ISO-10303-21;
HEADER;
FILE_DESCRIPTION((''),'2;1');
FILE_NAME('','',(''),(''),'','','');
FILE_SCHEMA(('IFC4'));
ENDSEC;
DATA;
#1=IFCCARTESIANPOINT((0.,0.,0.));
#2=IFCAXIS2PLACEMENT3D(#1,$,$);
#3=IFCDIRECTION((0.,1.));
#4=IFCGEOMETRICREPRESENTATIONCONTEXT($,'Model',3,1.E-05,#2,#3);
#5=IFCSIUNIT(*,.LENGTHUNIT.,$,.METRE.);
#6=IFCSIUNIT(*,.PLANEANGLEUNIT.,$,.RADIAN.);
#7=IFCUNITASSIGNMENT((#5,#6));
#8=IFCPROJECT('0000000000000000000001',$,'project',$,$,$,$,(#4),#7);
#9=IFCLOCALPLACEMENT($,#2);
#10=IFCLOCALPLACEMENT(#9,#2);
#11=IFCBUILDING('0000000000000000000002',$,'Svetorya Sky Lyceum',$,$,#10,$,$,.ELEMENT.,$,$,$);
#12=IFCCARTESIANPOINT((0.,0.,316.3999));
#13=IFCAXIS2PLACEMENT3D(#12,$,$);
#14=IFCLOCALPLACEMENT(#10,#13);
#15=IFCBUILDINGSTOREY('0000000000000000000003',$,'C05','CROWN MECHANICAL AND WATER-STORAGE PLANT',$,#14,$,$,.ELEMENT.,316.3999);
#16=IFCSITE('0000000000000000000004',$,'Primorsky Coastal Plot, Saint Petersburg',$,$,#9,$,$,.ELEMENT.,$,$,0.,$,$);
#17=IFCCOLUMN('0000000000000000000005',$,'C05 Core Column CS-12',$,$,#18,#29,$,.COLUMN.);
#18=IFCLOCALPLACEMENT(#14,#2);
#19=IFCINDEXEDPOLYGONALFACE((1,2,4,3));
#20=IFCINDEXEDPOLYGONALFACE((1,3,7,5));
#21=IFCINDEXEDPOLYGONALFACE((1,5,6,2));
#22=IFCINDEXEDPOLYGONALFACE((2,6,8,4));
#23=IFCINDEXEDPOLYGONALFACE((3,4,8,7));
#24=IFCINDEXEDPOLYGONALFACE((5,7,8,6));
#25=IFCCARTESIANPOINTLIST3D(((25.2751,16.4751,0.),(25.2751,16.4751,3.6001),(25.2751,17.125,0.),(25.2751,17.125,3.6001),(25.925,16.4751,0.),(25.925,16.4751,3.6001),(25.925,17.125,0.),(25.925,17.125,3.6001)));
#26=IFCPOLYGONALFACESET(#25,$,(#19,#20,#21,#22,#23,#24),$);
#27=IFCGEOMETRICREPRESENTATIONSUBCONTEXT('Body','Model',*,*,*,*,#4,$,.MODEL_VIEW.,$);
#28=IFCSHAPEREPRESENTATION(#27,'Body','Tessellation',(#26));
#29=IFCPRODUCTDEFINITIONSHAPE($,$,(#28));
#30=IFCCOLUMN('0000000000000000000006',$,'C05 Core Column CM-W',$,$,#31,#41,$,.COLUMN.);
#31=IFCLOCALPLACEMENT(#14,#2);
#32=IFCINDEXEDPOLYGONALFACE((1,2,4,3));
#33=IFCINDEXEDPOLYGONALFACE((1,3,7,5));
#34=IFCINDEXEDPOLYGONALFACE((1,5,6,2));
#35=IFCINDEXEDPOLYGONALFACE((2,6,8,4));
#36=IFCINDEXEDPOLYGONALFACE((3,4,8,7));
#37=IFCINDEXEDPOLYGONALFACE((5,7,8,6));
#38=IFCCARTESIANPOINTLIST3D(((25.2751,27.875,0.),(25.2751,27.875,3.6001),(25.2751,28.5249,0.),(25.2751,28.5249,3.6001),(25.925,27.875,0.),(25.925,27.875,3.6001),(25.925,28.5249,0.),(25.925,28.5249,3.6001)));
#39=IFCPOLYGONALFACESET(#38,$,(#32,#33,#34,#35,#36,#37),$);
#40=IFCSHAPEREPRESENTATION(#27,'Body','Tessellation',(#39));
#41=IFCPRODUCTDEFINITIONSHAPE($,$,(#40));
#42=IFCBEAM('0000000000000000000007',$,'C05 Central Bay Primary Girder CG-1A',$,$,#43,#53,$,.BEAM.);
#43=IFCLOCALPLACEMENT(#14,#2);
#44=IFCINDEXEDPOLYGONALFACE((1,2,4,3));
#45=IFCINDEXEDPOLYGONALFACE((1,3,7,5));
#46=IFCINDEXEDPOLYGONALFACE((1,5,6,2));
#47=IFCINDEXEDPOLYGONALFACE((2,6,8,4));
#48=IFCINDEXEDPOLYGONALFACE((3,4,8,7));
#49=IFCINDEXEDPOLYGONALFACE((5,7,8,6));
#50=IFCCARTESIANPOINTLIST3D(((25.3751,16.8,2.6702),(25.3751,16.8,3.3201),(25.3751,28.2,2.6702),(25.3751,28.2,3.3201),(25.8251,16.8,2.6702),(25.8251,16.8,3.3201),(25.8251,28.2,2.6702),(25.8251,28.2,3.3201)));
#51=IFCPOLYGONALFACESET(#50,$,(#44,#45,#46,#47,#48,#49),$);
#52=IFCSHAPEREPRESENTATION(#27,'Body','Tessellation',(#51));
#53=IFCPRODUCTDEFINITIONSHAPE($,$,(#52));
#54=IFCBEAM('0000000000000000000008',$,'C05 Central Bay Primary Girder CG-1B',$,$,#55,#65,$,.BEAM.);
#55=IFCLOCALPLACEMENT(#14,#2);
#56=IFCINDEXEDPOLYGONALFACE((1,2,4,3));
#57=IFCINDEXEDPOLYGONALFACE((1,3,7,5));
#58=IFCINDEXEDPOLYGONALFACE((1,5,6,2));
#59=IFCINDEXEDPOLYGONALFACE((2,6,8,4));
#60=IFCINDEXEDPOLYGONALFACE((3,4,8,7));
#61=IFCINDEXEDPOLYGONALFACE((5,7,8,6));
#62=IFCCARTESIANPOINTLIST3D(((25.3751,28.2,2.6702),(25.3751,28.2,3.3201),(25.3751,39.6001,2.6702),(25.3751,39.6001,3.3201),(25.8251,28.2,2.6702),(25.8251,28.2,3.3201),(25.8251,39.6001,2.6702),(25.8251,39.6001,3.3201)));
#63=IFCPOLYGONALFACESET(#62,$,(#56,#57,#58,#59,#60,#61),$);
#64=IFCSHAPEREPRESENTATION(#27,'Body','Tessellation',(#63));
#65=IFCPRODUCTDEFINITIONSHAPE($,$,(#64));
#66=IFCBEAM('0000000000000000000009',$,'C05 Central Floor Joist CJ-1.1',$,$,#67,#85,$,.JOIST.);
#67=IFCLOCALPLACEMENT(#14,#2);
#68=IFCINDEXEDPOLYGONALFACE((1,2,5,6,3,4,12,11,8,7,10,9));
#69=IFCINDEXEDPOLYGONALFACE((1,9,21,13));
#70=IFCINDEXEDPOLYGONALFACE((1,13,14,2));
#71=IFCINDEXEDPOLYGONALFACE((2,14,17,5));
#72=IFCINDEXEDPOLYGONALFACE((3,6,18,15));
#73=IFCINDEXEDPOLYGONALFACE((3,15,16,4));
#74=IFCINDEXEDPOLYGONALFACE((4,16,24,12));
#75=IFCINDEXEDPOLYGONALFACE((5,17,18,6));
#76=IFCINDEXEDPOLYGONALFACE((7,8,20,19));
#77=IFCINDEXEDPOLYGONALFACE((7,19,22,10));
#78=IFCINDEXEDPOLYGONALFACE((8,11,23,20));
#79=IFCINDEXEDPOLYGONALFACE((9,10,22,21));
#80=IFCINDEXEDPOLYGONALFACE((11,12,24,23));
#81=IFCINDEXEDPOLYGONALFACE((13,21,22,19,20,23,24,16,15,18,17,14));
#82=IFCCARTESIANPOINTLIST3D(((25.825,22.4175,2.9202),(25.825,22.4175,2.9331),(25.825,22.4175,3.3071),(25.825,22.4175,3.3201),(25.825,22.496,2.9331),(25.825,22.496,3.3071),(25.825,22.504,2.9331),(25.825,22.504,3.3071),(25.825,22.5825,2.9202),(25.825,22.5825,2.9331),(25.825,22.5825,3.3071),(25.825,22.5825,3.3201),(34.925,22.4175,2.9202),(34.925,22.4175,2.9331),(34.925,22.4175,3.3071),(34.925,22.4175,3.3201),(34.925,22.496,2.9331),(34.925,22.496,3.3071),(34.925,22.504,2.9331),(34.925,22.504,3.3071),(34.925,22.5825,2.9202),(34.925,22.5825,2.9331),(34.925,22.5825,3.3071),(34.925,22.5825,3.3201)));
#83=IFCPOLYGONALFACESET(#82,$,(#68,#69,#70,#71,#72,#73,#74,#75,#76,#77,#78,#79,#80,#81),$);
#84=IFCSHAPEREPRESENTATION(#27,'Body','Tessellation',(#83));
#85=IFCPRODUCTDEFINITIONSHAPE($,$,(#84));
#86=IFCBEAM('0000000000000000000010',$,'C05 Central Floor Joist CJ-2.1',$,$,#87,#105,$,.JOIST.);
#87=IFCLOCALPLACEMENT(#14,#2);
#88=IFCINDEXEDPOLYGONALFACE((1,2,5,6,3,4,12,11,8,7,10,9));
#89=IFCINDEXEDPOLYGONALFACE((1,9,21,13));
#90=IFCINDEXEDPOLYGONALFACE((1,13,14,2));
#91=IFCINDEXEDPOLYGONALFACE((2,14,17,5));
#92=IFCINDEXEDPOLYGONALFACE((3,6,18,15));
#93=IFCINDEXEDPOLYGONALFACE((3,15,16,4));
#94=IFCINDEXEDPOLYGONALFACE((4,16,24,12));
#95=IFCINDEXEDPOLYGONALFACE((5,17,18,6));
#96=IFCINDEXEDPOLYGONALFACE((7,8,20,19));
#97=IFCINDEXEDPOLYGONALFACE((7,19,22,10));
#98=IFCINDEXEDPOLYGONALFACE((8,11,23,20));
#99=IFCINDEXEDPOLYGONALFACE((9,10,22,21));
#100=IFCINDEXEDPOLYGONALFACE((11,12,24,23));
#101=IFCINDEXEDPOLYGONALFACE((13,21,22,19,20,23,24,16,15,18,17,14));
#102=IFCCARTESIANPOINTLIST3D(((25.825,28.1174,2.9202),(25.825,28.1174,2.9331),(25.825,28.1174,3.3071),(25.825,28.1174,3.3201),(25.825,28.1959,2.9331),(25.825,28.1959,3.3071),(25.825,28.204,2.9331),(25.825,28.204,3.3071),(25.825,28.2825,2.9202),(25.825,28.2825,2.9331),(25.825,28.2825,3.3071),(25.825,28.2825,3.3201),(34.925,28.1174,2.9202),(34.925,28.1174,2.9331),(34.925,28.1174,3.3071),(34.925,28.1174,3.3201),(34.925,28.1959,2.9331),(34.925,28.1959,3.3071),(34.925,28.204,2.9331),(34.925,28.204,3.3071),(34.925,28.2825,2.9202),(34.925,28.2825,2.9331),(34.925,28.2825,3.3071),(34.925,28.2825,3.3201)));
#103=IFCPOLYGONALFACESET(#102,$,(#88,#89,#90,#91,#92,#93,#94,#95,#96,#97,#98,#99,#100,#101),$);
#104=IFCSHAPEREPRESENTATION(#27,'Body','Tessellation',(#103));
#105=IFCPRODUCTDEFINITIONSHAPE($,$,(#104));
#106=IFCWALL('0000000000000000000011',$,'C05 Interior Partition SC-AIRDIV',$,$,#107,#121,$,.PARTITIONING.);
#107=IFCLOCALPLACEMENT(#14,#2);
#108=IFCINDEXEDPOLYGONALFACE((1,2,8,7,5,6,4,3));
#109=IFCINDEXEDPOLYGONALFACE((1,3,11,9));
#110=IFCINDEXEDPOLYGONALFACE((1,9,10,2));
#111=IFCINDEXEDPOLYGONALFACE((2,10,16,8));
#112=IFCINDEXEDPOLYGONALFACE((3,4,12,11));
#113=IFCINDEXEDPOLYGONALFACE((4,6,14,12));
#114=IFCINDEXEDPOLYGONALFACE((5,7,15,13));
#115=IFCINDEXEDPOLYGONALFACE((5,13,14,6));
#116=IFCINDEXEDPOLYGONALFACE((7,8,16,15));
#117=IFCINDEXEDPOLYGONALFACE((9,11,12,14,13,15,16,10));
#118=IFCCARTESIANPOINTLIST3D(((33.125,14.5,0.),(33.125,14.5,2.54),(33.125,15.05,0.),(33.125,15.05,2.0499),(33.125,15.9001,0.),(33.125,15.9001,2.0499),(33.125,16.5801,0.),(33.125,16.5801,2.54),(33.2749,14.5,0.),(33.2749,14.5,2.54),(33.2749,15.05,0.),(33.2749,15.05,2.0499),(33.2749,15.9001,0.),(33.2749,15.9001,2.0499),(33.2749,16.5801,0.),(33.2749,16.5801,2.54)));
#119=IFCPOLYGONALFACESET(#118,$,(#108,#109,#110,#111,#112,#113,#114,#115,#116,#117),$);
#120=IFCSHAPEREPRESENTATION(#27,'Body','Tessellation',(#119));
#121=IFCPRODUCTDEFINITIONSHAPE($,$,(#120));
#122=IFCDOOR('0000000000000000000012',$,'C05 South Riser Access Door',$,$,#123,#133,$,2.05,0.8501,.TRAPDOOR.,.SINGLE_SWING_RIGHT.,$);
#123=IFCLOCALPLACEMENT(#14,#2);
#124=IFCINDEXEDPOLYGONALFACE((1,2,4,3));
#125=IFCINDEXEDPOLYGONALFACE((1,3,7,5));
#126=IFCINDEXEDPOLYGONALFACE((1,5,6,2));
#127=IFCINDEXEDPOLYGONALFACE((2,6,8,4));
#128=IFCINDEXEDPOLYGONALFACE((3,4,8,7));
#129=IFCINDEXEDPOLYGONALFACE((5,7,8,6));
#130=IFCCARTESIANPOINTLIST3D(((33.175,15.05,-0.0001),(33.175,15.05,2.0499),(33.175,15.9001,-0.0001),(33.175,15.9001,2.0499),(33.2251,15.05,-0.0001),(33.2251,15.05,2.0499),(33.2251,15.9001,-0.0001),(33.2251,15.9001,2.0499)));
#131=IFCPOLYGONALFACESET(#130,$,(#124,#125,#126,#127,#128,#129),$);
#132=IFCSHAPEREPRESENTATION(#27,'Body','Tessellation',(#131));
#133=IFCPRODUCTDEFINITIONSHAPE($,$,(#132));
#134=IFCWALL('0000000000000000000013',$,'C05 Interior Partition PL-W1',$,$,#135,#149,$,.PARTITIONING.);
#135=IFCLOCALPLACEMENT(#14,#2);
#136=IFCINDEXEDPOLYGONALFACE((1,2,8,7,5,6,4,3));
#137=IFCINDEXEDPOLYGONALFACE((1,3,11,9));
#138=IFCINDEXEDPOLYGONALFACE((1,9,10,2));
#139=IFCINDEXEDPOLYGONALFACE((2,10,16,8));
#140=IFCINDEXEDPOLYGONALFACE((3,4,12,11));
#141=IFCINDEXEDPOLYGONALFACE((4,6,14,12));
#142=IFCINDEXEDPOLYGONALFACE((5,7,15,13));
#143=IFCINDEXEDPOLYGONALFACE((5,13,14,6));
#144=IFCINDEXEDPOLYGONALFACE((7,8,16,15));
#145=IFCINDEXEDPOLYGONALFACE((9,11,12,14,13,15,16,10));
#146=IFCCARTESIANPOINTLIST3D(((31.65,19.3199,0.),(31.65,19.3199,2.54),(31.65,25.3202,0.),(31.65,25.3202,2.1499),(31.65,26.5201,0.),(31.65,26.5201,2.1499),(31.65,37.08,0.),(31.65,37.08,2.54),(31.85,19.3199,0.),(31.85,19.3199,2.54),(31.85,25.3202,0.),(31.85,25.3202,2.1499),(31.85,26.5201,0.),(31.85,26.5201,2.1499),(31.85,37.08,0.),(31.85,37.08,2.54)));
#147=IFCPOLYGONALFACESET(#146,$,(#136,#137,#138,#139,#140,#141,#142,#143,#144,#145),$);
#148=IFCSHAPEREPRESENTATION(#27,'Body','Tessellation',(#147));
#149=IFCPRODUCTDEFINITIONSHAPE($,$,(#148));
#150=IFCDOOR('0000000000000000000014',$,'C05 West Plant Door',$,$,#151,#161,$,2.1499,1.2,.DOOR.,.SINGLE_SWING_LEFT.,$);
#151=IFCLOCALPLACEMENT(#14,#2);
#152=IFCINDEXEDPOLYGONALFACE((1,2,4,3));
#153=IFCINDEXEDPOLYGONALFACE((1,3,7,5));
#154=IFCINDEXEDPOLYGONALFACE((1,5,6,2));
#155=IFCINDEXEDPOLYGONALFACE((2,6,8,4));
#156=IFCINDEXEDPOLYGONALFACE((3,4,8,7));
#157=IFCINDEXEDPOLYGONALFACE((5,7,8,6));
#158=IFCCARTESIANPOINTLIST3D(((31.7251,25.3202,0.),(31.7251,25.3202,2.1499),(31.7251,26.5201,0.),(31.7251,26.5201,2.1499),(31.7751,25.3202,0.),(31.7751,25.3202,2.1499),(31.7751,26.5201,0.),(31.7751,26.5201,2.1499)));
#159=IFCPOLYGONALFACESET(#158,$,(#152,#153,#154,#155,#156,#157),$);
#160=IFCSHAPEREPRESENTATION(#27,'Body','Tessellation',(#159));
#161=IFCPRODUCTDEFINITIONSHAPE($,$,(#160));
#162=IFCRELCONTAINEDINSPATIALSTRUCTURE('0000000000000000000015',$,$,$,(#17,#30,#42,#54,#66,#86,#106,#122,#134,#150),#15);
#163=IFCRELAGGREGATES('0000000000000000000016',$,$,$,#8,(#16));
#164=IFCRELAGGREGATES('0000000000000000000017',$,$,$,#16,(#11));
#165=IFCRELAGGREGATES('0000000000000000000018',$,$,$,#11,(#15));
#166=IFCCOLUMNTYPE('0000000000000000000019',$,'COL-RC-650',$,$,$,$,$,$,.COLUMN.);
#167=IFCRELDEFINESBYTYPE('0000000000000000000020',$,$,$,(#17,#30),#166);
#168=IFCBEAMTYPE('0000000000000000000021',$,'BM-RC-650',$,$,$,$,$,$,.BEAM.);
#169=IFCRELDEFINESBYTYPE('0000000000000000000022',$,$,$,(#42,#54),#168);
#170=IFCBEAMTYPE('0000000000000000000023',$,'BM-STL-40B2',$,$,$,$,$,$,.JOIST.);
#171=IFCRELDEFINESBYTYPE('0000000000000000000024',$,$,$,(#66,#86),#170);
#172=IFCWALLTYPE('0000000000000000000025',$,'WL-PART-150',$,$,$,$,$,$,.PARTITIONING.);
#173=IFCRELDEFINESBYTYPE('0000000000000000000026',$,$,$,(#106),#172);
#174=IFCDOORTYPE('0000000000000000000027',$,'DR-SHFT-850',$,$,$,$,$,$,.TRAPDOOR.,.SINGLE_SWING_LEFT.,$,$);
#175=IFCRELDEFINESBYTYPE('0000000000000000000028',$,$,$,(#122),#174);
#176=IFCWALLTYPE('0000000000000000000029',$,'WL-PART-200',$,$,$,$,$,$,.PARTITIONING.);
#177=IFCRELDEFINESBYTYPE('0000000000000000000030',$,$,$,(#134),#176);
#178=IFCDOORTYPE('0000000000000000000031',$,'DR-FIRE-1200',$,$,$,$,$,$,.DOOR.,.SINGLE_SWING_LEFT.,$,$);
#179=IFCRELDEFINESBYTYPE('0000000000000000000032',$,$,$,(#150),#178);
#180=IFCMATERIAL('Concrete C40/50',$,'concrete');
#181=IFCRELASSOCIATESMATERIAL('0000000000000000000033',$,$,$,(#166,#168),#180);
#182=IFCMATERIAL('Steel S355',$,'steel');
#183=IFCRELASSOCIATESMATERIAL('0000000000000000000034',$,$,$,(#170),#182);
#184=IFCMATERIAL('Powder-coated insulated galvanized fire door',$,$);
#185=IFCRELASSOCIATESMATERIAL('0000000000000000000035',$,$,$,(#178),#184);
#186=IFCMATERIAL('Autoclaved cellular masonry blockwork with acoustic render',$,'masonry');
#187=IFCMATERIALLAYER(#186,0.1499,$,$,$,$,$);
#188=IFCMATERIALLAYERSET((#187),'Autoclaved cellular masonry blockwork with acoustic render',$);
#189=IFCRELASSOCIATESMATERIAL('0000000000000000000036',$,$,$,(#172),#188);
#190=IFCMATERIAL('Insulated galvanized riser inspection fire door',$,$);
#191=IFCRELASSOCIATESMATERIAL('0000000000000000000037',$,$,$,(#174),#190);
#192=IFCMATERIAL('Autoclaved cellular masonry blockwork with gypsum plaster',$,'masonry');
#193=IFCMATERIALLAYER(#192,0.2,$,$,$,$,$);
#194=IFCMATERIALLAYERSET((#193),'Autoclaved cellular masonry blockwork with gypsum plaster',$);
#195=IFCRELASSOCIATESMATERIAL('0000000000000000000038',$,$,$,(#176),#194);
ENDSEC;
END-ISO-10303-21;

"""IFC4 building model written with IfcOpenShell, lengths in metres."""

from ifc_helpers import new_model, si_unit, direction, frame, frame_2d, origin, origin_2d, place, context, subcontext, project, spatial, rectangle, i_section, extrude, material, layer, layer_set, material_profile, profile_set, type_object, element, fill, save


model = new_model("IFC4")

# Units and contexts
model_context = context("Model", 3, precision=1e-05, world=origin(), true_north=direction((0.0, 1.0)))
body_context = subcontext(model_context, "Body", "Model", "MODEL_VIEW")
ifc_project = project(units=[si_unit("LENGTHUNIT", "METRE"), si_unit("PLANEANGLEUNIT", "RADIAN")], contexts=[model_context])

# Site, building, storey
site_placement = place(None, origin())
site = spatial("IfcSite", under=ifc_project, at=site_placement, Name="Primorsky Coastal Plot, Saint Petersburg", CompositionType="ELEMENT", RefElevation=0.0)
building_placement = place(site_placement, origin())
building = spatial("IfcBuilding", under=site, at=building_placement, Name="Svetorya Sky Lyceum", CompositionType="ELEMENT")
storey_placement = place(building_placement, frame((0.0, 0.0, 316.3999)))
storey = spatial("IfcBuildingStorey", under=building, at=storey_placement, Name="C05", Description="CROWN MECHANICAL AND WATER-STORAGE PLANT", CompositionType="ELEMENT", Elevation=316.3999)

# Columns
ifc_material_1 = material(Name="Concrete C40/50", Category="concrete")
ifc_material_profile_1 = material_profile(ifc_material_1, rectangle(XDim=0.6499, YDim=0.6499, at=origin_2d()), Name="RC COL 650x650")
ifc_profile_set_1 = profile_set([ifc_material_profile_1], Name="Concrete C40/50")
column_type = type_object("IfcColumnType", Name="COL-RC-650", PredefinedType="COLUMN", material=ifc_profile_set_1)
for number, where, z_axis, x_axis, name in (
    (1, (25.6001, 16.8, 0.0), (0.0, 0.0, 1.0), (1.0, 0.0, 0.0), "C05 Core Column CS-12"),
    (2, (25.6001, 28.2, 0.0), (0.0, 0.0, 1.0), (1.0, 0.0, 0.0), "C05 Core Column CM-W"),
):
    element("IfcColumn", number, at=place(storey_placement, frame(where, z_axis=z_axis, x_axis=x_axis)), inside=storey, type_object=column_type, Name=name, PredefinedType="COLUMN", context=body_context, shape_type="SweptSolid", body=[
        extrude(rectangle(XDim=0.6499, YDim=0.6499, at=origin_2d()), origin(), (0.0, 0.0, 1.0), 3.6001),
    ])

# Beams
ifc_material_profile_2 = material_profile(ifc_material_1, rectangle(XDim=0.45, YDim=0.6499, at=origin_2d()), Name="RC BEAM 450x650")
ifc_profile_set_2 = profile_set([ifc_material_profile_2], Name="Concrete C40/50")
beam_type_1 = type_object("IfcBeamType", Name="BM-RC-650", PredefinedType="BEAM", material=ifc_profile_set_2)
beam_1_placement = place(storey_placement, frame((25.6001, 16.8, 2.9951), z_axis=(0.0, 1.0, 0.0), x_axis=(-1.0, 0.0, 0.0)))
element("IfcBeam", 3, at=beam_1_placement, inside=storey, type_object=beam_type_1, Name="C05 Central Bay Primary Girder CG-1A", PredefinedType="BEAM", context=body_context, shape_type="SweptSolid", body=[
    extrude(rectangle(XDim=0.45, YDim=0.6499, at=origin_2d()), origin(), (0.0, 0.0, 1.0), 11.3999),
])
beam_2_placement = place(storey_placement, frame((25.6001, 28.2, 2.9951), z_axis=(0.0, 1.0, 0.0), x_axis=(-1.0, 0.0, 0.0)))
element("IfcBeam", 4, at=beam_2_placement, inside=storey, type_object=beam_type_1, Name="C05 Central Bay Primary Girder CG-1B", PredefinedType="BEAM", context=body_context, shape_type="SweptSolid", body=[
    extrude(rectangle(XDim=0.45, YDim=0.6499, at=origin_2d()), origin(), (0.0, 0.0, 1.0), 11.4001),
])
ifc_material_2 = material(Name="Steel S355", Category="steel")
ifc_material_profile_3 = material_profile(ifc_material_2, i_section(OverallWidth=0.165, OverallDepth=0.3999, WebThickness=0.0081, FlangeThickness=0.0129, at=origin_2d()), Name="GOST 40B2")
ifc_profile_set_3 = profile_set([ifc_material_profile_3], Name="Steel S355")
beam_type_2 = type_object("IfcBeamType", Name="BM-STL-40B2", PredefinedType="JOIST", material=ifc_profile_set_3)
for number, where, z_axis, x_axis, name in (
    (5, (25.825, 22.5, 3.1201), (1.0, 0.0, 0.0), (0.0, 1.0, 0.0), "C05 Central Floor Joist CJ-1.1"),
    (6, (25.825, 28.2, 3.1201), (1.0, 0.0, 0.0), (0.0, 1.0, 0.0), "C05 Central Floor Joist CJ-2.1"),
):
    element("IfcBeam", number, at=place(storey_placement, frame(where, z_axis=z_axis, x_axis=x_axis)), inside=storey, type_object=beam_type_2, Name=name, PredefinedType="JOIST", context=body_context, shape_type="SweptSolid", body=[
        extrude(i_section(OverallWidth=0.165, OverallDepth=0.3999, WebThickness=0.0081, FlangeThickness=0.0129, at=origin_2d()), origin(), (0.0, 0.0, 1.0), 9.1001),
    ])

# Shared definitions
ifc_material_3 = material(Name="Powder-coated insulated galvanized fire door")
door_type_1 = type_object("IfcDoorType", Name="DR-FIRE-1200", OperationType="SINGLE_SWING_LEFT", PredefinedType="DOOR", material=ifc_material_3)

# Walls, openings, doors
ifc_material_4 = material(Name="Autoclaved cellular masonry blockwork with acoustic render", Category="masonry")
ifc_layer_1 = layer(ifc_material_4, 0.1499)
ifc_layer_set_1 = layer_set([ifc_layer_1], Name="Autoclaved cellular masonry blockwork with acoustic render")
wall_type_1 = type_object("IfcWallType", Name="WL-PART-150", PredefinedType="PARTITIONING", material=ifc_layer_set_1)
wall_1_placement = place(storey_placement, frame((33.2, 14.5, 0.0), z_axis=(0.0, 0.0, 1.0), x_axis=(0.0, 1.0, 0.0)))
wall_1 = element("IfcWall", 7, at=wall_1_placement, inside=storey, type_object=wall_type_1, Name="C05 Interior Partition SC-AIRDIV", PredefinedType="PARTITIONING", context=body_context, shape_type="SweptSolid", body=[
    extrude(rectangle(XDim=2.0801, YDim=0.1499, at=frame_2d((1.04, 0.0))), origin(), (0.0, 0.0, 1.0), 2.54),
])
opening_1_placement = place(wall_1_placement, frame((0.55, 0.0, 0.0)))
opening_1 = element("IfcOpeningElement", 8, at=opening_1_placement, cuts=wall_1, PredefinedType="OPENING", context=body_context, shape_type="SweptSolid", body=[
    extrude(rectangle(XDim=0.8501, YDim=2.05, at=frame_2d((0.425, 1.0249))), frame((0.0, 0.085, 0.0), z_axis=(0.0, -1.0, 0.0), x_axis=(1.0, 0.0, 0.0)), (0.0, 0.0, 1.0), 0.1699),
])
ifc_material_5 = material(Name="Insulated galvanized riser inspection fire door")
door_type_2 = type_object("IfcDoorType", Name="DR-SHFT-850", OperationType="SINGLE_SWING_LEFT", PredefinedType="TRAPDOOR", material=ifc_material_5)
door_1_placement = place(opening_1_placement, origin())
door_1 = element("IfcDoor", 9, at=door_1_placement, inside=storey, type_object=door_type_2, Name="C05 South Riser Access Door", OperationType="SINGLE_SWING_RIGHT", OverallHeight=2.05, OverallWidth=0.8501, PredefinedType="TRAPDOOR", context=body_context, shape_type="SweptSolid", body=[
    extrude(rectangle(XDim=0.8501, YDim=2.05, at=frame_2d((0.425, 1.0249))), frame((0.0, 0.0249, 0.0), z_axis=(0.0, -1.0, 0.0), x_axis=(1.0, 0.0, 0.0)), (0.0, 0.0, 1.0), 0.05),
])
fill(opening_1, door_1)
ifc_material_6 = material(Name="Autoclaved cellular masonry blockwork with gypsum plaster", Category="masonry")
ifc_layer_2 = layer(ifc_material_6, 0.2)
ifc_layer_set_2 = layer_set([ifc_layer_2], Name="Autoclaved cellular masonry blockwork with gypsum plaster")
wall_type_2 = type_object("IfcWallType", Name="WL-PART-200", PredefinedType="PARTITIONING", material=ifc_layer_set_2)
wall_2_placement = place(storey_placement, frame((31.75, 19.3201, 0.0), z_axis=(0.0, 0.0, 1.0), x_axis=(0.0, 1.0, 0.0)))
wall_2 = element("IfcWall", 10, at=wall_2_placement, inside=storey, type_object=wall_type_2, Name="C05 Interior Partition PL-W1", PredefinedType="PARTITIONING", context=body_context, shape_type="SweptSolid", body=[
    extrude(rectangle(XDim=17.76, YDim=0.2, at=frame_2d((8.8799, 0.0))), origin(), (0.0, 0.0, 1.0), 2.54),
])
opening_2_placement = place(wall_2_placement, frame((6.0, 0.0, 0.0)))
opening_2 = element("IfcOpeningElement", 11, at=opening_2_placement, cuts=wall_2, PredefinedType="OPENING", context=body_context, shape_type="SweptSolid", body=[
    extrude(rectangle(XDim=1.2, YDim=2.1499, at=frame_2d((0.6001, 1.075))), frame((0.0, 0.1099, 0.0), z_axis=(0.0, -1.0, 0.0), x_axis=(1.0, 0.0, 0.0)), (0.0, 0.0, 1.0), 0.22),
])
door_2_placement = place(opening_2_placement, origin())
door_2 = element("IfcDoor", 12, at=door_2_placement, inside=storey, type_object=door_type_1, Name="C05 West Plant Door", OperationType="SINGLE_SWING_LEFT", OverallHeight=2.1499, OverallWidth=1.2, PredefinedType="DOOR", context=body_context, shape_type="SweptSolid", body=[
    extrude(rectangle(XDim=1.2, YDim=2.1499, at=frame_2d((0.6001, 1.075))), frame((0.0, 0.0249, 0.0), z_axis=(0.0, -1.0, 0.0), x_axis=(1.0, 0.0, 0.0)), (0.0, 0.0, 1.0), 0.05),
])
fill(opening_2, door_2)

save(model, "model.ifc")
